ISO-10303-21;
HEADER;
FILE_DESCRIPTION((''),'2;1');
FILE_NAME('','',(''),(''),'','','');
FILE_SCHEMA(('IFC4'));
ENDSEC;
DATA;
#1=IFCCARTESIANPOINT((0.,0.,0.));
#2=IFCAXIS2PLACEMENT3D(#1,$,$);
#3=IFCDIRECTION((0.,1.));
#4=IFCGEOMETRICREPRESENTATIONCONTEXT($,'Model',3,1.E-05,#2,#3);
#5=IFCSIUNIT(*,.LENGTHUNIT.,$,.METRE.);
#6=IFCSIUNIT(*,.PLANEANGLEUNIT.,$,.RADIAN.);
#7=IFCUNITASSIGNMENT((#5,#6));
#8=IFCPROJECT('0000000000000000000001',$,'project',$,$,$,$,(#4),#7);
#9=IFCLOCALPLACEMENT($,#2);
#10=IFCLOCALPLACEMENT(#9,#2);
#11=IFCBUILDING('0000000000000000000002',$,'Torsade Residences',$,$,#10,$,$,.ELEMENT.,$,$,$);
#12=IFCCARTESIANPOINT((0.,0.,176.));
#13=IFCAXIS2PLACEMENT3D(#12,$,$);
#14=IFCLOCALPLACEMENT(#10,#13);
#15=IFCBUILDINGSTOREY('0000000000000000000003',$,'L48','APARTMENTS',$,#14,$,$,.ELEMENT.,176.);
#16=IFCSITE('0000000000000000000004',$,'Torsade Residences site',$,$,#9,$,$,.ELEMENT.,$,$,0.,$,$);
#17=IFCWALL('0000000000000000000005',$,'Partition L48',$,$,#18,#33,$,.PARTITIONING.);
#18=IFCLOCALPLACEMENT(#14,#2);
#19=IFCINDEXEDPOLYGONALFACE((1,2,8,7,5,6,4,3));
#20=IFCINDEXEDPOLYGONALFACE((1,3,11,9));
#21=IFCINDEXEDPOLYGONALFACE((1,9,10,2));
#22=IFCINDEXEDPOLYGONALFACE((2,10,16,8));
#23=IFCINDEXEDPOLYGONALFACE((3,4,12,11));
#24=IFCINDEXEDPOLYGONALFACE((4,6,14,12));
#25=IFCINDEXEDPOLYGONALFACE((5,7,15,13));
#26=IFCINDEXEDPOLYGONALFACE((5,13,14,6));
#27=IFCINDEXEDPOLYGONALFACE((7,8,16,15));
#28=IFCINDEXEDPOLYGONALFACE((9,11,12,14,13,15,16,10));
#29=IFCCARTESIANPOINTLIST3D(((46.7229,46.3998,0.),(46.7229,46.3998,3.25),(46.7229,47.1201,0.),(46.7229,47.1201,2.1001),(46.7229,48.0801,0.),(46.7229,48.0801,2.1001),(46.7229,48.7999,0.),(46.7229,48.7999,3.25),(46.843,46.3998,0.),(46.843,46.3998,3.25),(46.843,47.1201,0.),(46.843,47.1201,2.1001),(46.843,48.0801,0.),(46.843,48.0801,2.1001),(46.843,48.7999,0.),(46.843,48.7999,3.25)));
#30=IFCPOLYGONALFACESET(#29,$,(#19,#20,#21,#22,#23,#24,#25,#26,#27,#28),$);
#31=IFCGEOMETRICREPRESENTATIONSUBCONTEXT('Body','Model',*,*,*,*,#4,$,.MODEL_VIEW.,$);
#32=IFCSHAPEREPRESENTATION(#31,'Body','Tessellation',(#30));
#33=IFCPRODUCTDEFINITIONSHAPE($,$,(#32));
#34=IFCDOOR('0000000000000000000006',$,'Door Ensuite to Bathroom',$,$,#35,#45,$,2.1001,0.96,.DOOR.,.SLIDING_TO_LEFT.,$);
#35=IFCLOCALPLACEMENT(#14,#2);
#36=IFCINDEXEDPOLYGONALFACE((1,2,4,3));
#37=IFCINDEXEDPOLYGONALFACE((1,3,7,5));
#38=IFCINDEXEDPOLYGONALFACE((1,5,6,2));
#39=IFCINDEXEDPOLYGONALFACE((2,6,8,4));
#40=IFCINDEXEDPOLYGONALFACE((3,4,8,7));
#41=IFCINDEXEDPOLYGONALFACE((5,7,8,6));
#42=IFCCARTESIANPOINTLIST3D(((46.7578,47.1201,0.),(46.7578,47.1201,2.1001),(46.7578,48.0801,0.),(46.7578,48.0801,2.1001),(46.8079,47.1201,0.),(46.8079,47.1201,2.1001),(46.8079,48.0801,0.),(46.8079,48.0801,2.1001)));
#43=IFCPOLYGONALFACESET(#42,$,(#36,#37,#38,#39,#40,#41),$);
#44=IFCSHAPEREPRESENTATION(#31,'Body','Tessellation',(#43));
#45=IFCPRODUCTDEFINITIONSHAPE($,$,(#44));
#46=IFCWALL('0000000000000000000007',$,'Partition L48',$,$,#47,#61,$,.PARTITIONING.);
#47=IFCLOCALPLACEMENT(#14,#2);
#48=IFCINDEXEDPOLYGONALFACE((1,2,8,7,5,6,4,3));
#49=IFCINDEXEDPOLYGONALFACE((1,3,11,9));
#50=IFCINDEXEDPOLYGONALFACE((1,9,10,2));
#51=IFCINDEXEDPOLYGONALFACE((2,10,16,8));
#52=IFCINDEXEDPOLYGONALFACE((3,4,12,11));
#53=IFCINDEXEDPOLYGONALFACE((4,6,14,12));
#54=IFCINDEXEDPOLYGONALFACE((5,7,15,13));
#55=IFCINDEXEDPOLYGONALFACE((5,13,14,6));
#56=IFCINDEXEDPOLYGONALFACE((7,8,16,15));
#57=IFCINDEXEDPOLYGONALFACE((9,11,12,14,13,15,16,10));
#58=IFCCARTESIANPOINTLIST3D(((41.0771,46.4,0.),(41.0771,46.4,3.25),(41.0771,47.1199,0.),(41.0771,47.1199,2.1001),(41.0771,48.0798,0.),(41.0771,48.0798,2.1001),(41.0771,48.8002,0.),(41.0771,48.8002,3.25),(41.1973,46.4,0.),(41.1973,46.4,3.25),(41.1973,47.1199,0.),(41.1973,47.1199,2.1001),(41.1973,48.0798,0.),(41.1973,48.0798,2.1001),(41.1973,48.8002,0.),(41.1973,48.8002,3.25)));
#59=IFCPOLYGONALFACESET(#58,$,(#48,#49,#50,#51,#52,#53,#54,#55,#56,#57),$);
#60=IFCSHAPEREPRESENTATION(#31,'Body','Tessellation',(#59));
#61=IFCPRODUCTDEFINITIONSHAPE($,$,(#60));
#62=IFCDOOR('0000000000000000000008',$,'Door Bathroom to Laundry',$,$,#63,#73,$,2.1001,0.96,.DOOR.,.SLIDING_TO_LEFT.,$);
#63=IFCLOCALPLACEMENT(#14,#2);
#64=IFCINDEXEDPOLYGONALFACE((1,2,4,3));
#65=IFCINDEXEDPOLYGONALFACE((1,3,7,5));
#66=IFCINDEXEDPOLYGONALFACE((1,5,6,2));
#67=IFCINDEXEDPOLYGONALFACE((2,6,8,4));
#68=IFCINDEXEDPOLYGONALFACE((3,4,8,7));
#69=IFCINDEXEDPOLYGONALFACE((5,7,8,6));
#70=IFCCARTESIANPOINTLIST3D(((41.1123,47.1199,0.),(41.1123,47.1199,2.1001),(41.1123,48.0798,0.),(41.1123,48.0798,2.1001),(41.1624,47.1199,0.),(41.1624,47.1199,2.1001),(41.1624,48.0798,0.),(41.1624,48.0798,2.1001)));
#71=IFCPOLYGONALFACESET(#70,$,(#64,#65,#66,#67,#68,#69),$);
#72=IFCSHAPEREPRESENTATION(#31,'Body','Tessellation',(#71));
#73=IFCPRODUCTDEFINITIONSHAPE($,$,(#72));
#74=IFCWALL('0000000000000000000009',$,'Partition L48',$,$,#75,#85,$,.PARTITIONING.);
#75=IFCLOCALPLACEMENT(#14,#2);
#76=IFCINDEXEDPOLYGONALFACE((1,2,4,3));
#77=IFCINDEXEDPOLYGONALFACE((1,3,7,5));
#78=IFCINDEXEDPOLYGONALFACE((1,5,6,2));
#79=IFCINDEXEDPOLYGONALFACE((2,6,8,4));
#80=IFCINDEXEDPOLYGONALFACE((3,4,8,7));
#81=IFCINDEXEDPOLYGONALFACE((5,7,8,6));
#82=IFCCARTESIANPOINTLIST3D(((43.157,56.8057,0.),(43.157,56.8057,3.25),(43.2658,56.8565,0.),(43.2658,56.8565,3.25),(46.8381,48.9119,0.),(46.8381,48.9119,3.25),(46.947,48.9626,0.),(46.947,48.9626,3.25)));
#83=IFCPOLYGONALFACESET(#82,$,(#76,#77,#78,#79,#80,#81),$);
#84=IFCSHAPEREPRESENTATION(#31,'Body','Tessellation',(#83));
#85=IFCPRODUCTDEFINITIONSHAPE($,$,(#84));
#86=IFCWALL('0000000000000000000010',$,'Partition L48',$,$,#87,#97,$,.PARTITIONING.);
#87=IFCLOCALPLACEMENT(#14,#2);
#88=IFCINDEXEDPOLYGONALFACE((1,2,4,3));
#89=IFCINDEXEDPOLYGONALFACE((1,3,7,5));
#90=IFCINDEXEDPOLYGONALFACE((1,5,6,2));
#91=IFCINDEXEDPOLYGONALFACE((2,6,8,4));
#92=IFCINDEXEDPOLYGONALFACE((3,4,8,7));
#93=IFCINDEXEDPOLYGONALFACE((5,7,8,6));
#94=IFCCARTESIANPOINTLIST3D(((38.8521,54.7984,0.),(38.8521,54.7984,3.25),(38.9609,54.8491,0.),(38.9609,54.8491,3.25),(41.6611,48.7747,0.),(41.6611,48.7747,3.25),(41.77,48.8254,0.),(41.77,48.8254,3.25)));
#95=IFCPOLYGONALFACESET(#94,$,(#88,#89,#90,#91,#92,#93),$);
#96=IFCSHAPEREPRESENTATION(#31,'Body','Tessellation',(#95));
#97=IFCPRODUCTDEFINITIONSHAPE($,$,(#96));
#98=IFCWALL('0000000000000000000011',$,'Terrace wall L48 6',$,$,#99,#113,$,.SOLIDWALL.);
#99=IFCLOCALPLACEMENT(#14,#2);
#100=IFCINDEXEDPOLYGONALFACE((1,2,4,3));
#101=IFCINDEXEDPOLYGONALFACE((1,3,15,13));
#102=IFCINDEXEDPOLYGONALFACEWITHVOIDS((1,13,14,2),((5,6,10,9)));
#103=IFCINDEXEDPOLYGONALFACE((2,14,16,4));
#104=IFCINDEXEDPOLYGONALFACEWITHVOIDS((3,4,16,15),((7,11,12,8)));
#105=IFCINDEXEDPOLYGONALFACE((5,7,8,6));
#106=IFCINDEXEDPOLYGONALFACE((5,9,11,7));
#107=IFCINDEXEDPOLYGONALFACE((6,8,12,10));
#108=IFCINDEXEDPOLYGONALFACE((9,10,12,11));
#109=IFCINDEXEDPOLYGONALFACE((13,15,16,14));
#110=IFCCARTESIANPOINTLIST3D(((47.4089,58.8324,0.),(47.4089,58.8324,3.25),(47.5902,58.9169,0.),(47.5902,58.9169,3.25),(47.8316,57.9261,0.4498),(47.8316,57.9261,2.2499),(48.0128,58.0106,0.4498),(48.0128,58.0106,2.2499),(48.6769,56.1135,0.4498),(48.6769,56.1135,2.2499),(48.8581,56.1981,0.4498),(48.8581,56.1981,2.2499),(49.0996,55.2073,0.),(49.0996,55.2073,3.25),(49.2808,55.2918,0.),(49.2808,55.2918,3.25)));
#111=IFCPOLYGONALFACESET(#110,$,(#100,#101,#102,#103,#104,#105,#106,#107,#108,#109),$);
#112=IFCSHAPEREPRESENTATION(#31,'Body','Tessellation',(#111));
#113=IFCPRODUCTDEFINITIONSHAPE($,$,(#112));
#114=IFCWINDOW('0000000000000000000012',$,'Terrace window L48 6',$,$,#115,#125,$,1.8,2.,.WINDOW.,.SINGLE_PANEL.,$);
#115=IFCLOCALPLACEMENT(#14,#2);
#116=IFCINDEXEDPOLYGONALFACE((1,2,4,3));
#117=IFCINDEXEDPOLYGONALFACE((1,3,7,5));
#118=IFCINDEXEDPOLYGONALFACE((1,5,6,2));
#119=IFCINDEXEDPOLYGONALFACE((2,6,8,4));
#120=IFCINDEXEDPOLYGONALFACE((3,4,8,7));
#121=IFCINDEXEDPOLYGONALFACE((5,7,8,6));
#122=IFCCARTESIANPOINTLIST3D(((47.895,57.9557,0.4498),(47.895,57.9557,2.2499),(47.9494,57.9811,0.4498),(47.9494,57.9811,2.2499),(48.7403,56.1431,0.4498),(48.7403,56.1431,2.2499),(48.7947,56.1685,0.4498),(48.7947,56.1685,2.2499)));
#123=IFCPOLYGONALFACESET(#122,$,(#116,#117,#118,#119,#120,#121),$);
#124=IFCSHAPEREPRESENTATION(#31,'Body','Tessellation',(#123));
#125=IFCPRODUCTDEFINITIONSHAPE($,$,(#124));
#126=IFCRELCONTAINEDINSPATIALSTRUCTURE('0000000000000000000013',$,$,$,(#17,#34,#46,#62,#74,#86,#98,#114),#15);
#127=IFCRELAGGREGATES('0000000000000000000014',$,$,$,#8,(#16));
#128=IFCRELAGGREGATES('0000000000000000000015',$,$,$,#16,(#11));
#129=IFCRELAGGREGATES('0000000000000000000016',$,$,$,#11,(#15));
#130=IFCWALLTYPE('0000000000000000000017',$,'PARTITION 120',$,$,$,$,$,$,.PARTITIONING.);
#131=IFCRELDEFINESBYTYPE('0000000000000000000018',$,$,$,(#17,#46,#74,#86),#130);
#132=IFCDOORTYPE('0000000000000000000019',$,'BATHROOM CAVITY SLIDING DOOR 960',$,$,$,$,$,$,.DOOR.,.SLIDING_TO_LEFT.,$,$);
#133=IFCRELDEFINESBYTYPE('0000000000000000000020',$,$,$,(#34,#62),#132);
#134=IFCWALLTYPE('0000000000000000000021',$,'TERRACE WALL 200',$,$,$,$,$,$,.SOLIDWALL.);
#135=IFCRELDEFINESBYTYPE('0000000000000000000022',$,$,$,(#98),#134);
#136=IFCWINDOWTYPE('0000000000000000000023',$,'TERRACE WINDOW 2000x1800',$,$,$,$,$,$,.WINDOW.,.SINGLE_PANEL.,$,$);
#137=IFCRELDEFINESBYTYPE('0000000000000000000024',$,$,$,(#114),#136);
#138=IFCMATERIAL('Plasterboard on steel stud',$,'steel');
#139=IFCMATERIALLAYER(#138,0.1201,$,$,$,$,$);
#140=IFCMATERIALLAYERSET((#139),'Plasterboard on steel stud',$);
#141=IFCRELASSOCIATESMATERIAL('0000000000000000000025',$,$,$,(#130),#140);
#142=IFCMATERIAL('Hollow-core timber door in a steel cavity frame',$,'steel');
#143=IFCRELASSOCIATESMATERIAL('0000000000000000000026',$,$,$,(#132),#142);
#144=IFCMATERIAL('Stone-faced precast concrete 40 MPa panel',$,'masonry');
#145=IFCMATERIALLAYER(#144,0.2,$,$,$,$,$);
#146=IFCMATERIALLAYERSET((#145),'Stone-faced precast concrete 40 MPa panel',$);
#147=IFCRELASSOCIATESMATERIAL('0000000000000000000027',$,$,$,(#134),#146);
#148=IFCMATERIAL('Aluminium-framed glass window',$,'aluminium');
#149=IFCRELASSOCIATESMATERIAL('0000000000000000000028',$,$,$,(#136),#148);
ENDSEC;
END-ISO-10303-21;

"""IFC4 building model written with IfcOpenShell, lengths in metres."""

from ifc_helpers import new_model, si_unit, direction, frame, frame_2d, origin, place, context, subcontext, project, spatial, rectangle, extrude, material, layer, layer_set, type_object, element, fill, save


model = new_model("IFC4")

# Units and contexts
model_context = context("Model", 3, precision=1e-05, world=origin(), true_north=direction((0.0, 1.0)))
body_context = subcontext(model_context, "Body", "Model", "MODEL_VIEW")
ifc_project = project(units=[si_unit("LENGTHUNIT", "METRE"), si_unit("PLANEANGLEUNIT", "RADIAN")], contexts=[model_context])

# Site, building, storey
site_placement = place(None, origin())
site = spatial("IfcSite", under=ifc_project, at=site_placement, Name="Torsade Residences site", CompositionType="ELEMENT", RefElevation=0.0)
building_placement = place(site_placement, origin())
building = spatial("IfcBuilding", under=site, at=building_placement, Name="Torsade Residences", CompositionType="ELEMENT")
storey_placement = place(building_placement, frame((0.0, 0.0, 176.0)))
storey = spatial("IfcBuildingStorey", under=building, at=storey_placement, Name="L48", Description="APARTMENTS", CompositionType="ELEMENT", Elevation=176.0)

# Walls, openings, doors
ifc_material_1 = material(Name="Plasterboard on steel stud", Category="steel")
ifc_layer_1 = layer(ifc_material_1, 0.1201)
ifc_layer_set_1 = layer_set([ifc_layer_1], Name="Plasterboard on steel stud")
wall_type_1 = type_object("IfcWallType", Name="PARTITION 120", PredefinedType="PARTITIONING", material=ifc_layer_set_1)
wall_1_placement = place(storey_placement, frame((46.783, 48.8, 0.0), z_axis=(0.0, 0.0, 1.0), x_axis=(0.0, -1.0, 0.0)))
wall_1 = element("IfcWall", 1, at=wall_1_placement, inside=storey, type_object=wall_type_1, Name="Partition L48", PredefinedType="PARTITIONING", context=body_context, shape_type="SweptSolid", body=[
    extrude(rectangle(XDim=2.4001, YDim=0.1201, at=frame_2d((1.2002, 0.0))), origin(), (0.0, 0.0, 1.0), 3.25),
])
opening_1_placement = place(wall_1_placement, frame((0.72, 0.0, 0.0)))
opening_1 = element("IfcOpeningElement", 2, at=opening_1_placement, cuts=wall_1, PredefinedType="OPENING", context=body_context, shape_type="SweptSolid", body=[
    extrude(rectangle(XDim=0.96, YDim=2.1001, at=frame_2d((0.48, 1.05))), frame((0.0, 0.0701, 0.0), z_axis=(0.0, -1.0, 0.0), x_axis=(1.0, 0.0, 0.0)), (0.0, 0.0, 1.0), 0.1401),
])
ifc_material_2 = material(Name="Hollow-core timber door in a steel cavity frame", Category="steel")
door_type_1 = type_object("IfcDoorType", Name="BATHROOM CAVITY SLIDING DOOR 960", OperationType="SLIDING_TO_LEFT", PredefinedType="DOOR", material=ifc_material_2)
door_1_placement = place(opening_1_placement, origin())
door_1 = element("IfcDoor", 3, at=door_1_placement, inside=storey, type_object=door_type_1, Name="Door Ensuite to Bathroom", OperationType="SLIDING_TO_LEFT", OverallHeight=2.1001, OverallWidth=0.96, PredefinedType="DOOR", context=body_context, shape_type="SweptSolid", body=[
    extrude(rectangle(XDim=0.96, YDim=2.1001, at=frame_2d((0.48, 1.05))), frame((0.0, 0.0249, 0.0), z_axis=(0.0, -1.0, 0.0), x_axis=(1.0, 0.0, 0.0)), (0.0, 0.0, 1.0), 0.05),
])
fill(opening_1, door_1)
wall_2_placement = place(storey_placement, frame((41.1372, 46.3999, 0.0), z_axis=(0.0, 0.0, 1.0), x_axis=(0.0, 1.0, 0.0)))
wall_2 = element("IfcWall", 4, at=wall_2_placement, inside=storey, type_object=wall_type_1, Name="Partition L48", PredefinedType="PARTITIONING", context=body_context, shape_type="SweptSolid", body=[
    extrude(rectangle(XDim=2.4001, YDim=0.1201, at=frame_2d((1.2002, 0.0))), origin(), (0.0, 0.0, 1.0), 3.25),
])
opening_2_placement = place(wall_2_placement, frame((0.72, 0.0, 0.0)))
opening_2 = element("IfcOpeningElement", 5, at=opening_2_placement, cuts=wall_2, PredefinedType="OPENING", context=body_context, shape_type="SweptSolid", body=[
    extrude(rectangle(XDim=0.96, YDim=2.1001, at=frame_2d((0.48, 1.05))), frame((0.0, 0.0701, 0.0), z_axis=(0.0, -1.0, 0.0), x_axis=(1.0, 0.0, 0.0)), (0.0, 0.0, 1.0), 0.1401),
])
door_2_placement = place(opening_2_placement, origin())
door_2 = element("IfcDoor", 6, at=door_2_placement, inside=storey, type_object=door_type_1, Name="Door Bathroom to Laundry", OperationType="SLIDING_TO_LEFT", OverallHeight=2.1001, OverallWidth=0.96, PredefinedType="DOOR", context=body_context, shape_type="SweptSolid", body=[
    extrude(rectangle(XDim=0.96, YDim=2.1001, at=frame_2d((0.48, 1.05))), frame((0.0, 0.0249, 0.0), z_axis=(0.0, -1.0, 0.0), x_axis=(1.0, 0.0, 0.0)), (0.0, 0.0, 1.0), 0.05),
])
fill(opening_2, door_2)

# Walls
wall_3_placement = place(storey_placement, frame((46.8926, 48.9373, 0.0), z_axis=(0.0, 0.0, 1.0), x_axis=(-0.422638, 0.906298, 0.0)))
element("IfcWall", 7, at=wall_3_placement, inside=storey, type_object=wall_type_1, Name="Partition L48", PredefinedType="PARTITIONING", context=body_context, shape_type="SweptSolid", body=[
    extrude(rectangle(XDim=8.71, YDim=0.1201, at=frame_2d((4.355, 0.0))), origin(), (0.0, 0.0, 1.0), 3.25),
])
wall_4_placement = place(storey_placement, frame((41.7156, 48.8, 0.0), z_axis=(0.0, 0.0, 1.0), x_axis=(-0.422642, 0.906297, 0.0)))
element("IfcWall", 8, at=wall_4_placement, inside=storey, type_object=wall_type_1, Name="Partition L48", PredefinedType="PARTITIONING", context=body_context, shape_type="SweptSolid", body=[
    extrude(rectangle(XDim=6.6465, YDim=0.1201, at=frame_2d((3.3232, 0.0))), origin(), (0.0, 0.0, 1.0), 3.25),
])

# Wall, opening, window
ifc_material_3 = material(Name="Stone-faced precast concrete 40 MPa panel", Category="masonry")
ifc_layer_2 = layer(ifc_material_3, 0.2)
ifc_layer_set_2 = layer_set([ifc_layer_2], Name="Stone-faced precast concrete 40 MPa panel")
wall_type_2 = type_object("IfcWallType", Name="TERRACE WALL 200", PredefinedType="SOLIDWALL", material=ifc_layer_set_2)
wall_5_placement = place(storey_placement, frame((49.1902, 55.2495, 0.0), z_axis=(0.0, 0.0, 1.0), x_axis=(-0.422658, 0.906289, 0.0)))
wall_5 = element("IfcWall", 9, at=wall_5_placement, inside=storey, type_object=wall_type_2, Name="Terrace wall L48 6", PredefinedType="SOLIDWALL", context=body_context, shape_type="SweptSolid", body=[
    extrude(rectangle(XDim=4.0, YDim=0.2, at=frame_2d((2.0, 0.0))), origin(), (0.0, 0.0, 1.0), 3.25),
])
opening_3_placement = place(wall_5_placement, frame((1.0, 0.0, 0.45)))
opening_3 = element("IfcOpeningElement", 10, at=opening_3_placement, cuts=wall_5, PredefinedType="OPENING", context=body_context, shape_type="SweptSolid", body=[
    extrude(rectangle(XDim=2.0, YDim=1.8, at=frame_2d((1.0, 0.8999))), frame((0.0, 0.1099, 0.0), z_axis=(0.0, -1.0, 0.0), x_axis=(1.0, 0.0, 0.0)), (0.0, 0.0, 1.0), 0.22),
])
ifc_material_4 = material(Name="Aluminium-framed glass window", Category="aluminium")
window_type = type_object("IfcWindowType", Name="TERRACE WINDOW 2000x1800", PartitioningType="SINGLE_PANEL", PredefinedType="WINDOW", material=ifc_material_4)
window_placement = place(opening_3_placement, origin())
window = element("IfcWindow", 11, at=window_placement, inside=storey, type_object=window_type, Name="Terrace window L48 6", OverallHeight=1.8, OverallWidth=2.0, PartitioningType="SINGLE_PANEL", PredefinedType="WINDOW", context=body_context, shape_type="SweptSolid", body=[
    extrude(rectangle(XDim=2.0, YDim=1.8, at=frame_2d((1.0, 0.8999))), frame((0.0, 0.03, 0.0), z_axis=(0.0, -1.0, 0.0), x_axis=(1.0, 0.0, 0.0)), (0.0, 0.0, 1.0), 0.0601),
])
fill(opening_3, window)

save(model, "model.ifc")
